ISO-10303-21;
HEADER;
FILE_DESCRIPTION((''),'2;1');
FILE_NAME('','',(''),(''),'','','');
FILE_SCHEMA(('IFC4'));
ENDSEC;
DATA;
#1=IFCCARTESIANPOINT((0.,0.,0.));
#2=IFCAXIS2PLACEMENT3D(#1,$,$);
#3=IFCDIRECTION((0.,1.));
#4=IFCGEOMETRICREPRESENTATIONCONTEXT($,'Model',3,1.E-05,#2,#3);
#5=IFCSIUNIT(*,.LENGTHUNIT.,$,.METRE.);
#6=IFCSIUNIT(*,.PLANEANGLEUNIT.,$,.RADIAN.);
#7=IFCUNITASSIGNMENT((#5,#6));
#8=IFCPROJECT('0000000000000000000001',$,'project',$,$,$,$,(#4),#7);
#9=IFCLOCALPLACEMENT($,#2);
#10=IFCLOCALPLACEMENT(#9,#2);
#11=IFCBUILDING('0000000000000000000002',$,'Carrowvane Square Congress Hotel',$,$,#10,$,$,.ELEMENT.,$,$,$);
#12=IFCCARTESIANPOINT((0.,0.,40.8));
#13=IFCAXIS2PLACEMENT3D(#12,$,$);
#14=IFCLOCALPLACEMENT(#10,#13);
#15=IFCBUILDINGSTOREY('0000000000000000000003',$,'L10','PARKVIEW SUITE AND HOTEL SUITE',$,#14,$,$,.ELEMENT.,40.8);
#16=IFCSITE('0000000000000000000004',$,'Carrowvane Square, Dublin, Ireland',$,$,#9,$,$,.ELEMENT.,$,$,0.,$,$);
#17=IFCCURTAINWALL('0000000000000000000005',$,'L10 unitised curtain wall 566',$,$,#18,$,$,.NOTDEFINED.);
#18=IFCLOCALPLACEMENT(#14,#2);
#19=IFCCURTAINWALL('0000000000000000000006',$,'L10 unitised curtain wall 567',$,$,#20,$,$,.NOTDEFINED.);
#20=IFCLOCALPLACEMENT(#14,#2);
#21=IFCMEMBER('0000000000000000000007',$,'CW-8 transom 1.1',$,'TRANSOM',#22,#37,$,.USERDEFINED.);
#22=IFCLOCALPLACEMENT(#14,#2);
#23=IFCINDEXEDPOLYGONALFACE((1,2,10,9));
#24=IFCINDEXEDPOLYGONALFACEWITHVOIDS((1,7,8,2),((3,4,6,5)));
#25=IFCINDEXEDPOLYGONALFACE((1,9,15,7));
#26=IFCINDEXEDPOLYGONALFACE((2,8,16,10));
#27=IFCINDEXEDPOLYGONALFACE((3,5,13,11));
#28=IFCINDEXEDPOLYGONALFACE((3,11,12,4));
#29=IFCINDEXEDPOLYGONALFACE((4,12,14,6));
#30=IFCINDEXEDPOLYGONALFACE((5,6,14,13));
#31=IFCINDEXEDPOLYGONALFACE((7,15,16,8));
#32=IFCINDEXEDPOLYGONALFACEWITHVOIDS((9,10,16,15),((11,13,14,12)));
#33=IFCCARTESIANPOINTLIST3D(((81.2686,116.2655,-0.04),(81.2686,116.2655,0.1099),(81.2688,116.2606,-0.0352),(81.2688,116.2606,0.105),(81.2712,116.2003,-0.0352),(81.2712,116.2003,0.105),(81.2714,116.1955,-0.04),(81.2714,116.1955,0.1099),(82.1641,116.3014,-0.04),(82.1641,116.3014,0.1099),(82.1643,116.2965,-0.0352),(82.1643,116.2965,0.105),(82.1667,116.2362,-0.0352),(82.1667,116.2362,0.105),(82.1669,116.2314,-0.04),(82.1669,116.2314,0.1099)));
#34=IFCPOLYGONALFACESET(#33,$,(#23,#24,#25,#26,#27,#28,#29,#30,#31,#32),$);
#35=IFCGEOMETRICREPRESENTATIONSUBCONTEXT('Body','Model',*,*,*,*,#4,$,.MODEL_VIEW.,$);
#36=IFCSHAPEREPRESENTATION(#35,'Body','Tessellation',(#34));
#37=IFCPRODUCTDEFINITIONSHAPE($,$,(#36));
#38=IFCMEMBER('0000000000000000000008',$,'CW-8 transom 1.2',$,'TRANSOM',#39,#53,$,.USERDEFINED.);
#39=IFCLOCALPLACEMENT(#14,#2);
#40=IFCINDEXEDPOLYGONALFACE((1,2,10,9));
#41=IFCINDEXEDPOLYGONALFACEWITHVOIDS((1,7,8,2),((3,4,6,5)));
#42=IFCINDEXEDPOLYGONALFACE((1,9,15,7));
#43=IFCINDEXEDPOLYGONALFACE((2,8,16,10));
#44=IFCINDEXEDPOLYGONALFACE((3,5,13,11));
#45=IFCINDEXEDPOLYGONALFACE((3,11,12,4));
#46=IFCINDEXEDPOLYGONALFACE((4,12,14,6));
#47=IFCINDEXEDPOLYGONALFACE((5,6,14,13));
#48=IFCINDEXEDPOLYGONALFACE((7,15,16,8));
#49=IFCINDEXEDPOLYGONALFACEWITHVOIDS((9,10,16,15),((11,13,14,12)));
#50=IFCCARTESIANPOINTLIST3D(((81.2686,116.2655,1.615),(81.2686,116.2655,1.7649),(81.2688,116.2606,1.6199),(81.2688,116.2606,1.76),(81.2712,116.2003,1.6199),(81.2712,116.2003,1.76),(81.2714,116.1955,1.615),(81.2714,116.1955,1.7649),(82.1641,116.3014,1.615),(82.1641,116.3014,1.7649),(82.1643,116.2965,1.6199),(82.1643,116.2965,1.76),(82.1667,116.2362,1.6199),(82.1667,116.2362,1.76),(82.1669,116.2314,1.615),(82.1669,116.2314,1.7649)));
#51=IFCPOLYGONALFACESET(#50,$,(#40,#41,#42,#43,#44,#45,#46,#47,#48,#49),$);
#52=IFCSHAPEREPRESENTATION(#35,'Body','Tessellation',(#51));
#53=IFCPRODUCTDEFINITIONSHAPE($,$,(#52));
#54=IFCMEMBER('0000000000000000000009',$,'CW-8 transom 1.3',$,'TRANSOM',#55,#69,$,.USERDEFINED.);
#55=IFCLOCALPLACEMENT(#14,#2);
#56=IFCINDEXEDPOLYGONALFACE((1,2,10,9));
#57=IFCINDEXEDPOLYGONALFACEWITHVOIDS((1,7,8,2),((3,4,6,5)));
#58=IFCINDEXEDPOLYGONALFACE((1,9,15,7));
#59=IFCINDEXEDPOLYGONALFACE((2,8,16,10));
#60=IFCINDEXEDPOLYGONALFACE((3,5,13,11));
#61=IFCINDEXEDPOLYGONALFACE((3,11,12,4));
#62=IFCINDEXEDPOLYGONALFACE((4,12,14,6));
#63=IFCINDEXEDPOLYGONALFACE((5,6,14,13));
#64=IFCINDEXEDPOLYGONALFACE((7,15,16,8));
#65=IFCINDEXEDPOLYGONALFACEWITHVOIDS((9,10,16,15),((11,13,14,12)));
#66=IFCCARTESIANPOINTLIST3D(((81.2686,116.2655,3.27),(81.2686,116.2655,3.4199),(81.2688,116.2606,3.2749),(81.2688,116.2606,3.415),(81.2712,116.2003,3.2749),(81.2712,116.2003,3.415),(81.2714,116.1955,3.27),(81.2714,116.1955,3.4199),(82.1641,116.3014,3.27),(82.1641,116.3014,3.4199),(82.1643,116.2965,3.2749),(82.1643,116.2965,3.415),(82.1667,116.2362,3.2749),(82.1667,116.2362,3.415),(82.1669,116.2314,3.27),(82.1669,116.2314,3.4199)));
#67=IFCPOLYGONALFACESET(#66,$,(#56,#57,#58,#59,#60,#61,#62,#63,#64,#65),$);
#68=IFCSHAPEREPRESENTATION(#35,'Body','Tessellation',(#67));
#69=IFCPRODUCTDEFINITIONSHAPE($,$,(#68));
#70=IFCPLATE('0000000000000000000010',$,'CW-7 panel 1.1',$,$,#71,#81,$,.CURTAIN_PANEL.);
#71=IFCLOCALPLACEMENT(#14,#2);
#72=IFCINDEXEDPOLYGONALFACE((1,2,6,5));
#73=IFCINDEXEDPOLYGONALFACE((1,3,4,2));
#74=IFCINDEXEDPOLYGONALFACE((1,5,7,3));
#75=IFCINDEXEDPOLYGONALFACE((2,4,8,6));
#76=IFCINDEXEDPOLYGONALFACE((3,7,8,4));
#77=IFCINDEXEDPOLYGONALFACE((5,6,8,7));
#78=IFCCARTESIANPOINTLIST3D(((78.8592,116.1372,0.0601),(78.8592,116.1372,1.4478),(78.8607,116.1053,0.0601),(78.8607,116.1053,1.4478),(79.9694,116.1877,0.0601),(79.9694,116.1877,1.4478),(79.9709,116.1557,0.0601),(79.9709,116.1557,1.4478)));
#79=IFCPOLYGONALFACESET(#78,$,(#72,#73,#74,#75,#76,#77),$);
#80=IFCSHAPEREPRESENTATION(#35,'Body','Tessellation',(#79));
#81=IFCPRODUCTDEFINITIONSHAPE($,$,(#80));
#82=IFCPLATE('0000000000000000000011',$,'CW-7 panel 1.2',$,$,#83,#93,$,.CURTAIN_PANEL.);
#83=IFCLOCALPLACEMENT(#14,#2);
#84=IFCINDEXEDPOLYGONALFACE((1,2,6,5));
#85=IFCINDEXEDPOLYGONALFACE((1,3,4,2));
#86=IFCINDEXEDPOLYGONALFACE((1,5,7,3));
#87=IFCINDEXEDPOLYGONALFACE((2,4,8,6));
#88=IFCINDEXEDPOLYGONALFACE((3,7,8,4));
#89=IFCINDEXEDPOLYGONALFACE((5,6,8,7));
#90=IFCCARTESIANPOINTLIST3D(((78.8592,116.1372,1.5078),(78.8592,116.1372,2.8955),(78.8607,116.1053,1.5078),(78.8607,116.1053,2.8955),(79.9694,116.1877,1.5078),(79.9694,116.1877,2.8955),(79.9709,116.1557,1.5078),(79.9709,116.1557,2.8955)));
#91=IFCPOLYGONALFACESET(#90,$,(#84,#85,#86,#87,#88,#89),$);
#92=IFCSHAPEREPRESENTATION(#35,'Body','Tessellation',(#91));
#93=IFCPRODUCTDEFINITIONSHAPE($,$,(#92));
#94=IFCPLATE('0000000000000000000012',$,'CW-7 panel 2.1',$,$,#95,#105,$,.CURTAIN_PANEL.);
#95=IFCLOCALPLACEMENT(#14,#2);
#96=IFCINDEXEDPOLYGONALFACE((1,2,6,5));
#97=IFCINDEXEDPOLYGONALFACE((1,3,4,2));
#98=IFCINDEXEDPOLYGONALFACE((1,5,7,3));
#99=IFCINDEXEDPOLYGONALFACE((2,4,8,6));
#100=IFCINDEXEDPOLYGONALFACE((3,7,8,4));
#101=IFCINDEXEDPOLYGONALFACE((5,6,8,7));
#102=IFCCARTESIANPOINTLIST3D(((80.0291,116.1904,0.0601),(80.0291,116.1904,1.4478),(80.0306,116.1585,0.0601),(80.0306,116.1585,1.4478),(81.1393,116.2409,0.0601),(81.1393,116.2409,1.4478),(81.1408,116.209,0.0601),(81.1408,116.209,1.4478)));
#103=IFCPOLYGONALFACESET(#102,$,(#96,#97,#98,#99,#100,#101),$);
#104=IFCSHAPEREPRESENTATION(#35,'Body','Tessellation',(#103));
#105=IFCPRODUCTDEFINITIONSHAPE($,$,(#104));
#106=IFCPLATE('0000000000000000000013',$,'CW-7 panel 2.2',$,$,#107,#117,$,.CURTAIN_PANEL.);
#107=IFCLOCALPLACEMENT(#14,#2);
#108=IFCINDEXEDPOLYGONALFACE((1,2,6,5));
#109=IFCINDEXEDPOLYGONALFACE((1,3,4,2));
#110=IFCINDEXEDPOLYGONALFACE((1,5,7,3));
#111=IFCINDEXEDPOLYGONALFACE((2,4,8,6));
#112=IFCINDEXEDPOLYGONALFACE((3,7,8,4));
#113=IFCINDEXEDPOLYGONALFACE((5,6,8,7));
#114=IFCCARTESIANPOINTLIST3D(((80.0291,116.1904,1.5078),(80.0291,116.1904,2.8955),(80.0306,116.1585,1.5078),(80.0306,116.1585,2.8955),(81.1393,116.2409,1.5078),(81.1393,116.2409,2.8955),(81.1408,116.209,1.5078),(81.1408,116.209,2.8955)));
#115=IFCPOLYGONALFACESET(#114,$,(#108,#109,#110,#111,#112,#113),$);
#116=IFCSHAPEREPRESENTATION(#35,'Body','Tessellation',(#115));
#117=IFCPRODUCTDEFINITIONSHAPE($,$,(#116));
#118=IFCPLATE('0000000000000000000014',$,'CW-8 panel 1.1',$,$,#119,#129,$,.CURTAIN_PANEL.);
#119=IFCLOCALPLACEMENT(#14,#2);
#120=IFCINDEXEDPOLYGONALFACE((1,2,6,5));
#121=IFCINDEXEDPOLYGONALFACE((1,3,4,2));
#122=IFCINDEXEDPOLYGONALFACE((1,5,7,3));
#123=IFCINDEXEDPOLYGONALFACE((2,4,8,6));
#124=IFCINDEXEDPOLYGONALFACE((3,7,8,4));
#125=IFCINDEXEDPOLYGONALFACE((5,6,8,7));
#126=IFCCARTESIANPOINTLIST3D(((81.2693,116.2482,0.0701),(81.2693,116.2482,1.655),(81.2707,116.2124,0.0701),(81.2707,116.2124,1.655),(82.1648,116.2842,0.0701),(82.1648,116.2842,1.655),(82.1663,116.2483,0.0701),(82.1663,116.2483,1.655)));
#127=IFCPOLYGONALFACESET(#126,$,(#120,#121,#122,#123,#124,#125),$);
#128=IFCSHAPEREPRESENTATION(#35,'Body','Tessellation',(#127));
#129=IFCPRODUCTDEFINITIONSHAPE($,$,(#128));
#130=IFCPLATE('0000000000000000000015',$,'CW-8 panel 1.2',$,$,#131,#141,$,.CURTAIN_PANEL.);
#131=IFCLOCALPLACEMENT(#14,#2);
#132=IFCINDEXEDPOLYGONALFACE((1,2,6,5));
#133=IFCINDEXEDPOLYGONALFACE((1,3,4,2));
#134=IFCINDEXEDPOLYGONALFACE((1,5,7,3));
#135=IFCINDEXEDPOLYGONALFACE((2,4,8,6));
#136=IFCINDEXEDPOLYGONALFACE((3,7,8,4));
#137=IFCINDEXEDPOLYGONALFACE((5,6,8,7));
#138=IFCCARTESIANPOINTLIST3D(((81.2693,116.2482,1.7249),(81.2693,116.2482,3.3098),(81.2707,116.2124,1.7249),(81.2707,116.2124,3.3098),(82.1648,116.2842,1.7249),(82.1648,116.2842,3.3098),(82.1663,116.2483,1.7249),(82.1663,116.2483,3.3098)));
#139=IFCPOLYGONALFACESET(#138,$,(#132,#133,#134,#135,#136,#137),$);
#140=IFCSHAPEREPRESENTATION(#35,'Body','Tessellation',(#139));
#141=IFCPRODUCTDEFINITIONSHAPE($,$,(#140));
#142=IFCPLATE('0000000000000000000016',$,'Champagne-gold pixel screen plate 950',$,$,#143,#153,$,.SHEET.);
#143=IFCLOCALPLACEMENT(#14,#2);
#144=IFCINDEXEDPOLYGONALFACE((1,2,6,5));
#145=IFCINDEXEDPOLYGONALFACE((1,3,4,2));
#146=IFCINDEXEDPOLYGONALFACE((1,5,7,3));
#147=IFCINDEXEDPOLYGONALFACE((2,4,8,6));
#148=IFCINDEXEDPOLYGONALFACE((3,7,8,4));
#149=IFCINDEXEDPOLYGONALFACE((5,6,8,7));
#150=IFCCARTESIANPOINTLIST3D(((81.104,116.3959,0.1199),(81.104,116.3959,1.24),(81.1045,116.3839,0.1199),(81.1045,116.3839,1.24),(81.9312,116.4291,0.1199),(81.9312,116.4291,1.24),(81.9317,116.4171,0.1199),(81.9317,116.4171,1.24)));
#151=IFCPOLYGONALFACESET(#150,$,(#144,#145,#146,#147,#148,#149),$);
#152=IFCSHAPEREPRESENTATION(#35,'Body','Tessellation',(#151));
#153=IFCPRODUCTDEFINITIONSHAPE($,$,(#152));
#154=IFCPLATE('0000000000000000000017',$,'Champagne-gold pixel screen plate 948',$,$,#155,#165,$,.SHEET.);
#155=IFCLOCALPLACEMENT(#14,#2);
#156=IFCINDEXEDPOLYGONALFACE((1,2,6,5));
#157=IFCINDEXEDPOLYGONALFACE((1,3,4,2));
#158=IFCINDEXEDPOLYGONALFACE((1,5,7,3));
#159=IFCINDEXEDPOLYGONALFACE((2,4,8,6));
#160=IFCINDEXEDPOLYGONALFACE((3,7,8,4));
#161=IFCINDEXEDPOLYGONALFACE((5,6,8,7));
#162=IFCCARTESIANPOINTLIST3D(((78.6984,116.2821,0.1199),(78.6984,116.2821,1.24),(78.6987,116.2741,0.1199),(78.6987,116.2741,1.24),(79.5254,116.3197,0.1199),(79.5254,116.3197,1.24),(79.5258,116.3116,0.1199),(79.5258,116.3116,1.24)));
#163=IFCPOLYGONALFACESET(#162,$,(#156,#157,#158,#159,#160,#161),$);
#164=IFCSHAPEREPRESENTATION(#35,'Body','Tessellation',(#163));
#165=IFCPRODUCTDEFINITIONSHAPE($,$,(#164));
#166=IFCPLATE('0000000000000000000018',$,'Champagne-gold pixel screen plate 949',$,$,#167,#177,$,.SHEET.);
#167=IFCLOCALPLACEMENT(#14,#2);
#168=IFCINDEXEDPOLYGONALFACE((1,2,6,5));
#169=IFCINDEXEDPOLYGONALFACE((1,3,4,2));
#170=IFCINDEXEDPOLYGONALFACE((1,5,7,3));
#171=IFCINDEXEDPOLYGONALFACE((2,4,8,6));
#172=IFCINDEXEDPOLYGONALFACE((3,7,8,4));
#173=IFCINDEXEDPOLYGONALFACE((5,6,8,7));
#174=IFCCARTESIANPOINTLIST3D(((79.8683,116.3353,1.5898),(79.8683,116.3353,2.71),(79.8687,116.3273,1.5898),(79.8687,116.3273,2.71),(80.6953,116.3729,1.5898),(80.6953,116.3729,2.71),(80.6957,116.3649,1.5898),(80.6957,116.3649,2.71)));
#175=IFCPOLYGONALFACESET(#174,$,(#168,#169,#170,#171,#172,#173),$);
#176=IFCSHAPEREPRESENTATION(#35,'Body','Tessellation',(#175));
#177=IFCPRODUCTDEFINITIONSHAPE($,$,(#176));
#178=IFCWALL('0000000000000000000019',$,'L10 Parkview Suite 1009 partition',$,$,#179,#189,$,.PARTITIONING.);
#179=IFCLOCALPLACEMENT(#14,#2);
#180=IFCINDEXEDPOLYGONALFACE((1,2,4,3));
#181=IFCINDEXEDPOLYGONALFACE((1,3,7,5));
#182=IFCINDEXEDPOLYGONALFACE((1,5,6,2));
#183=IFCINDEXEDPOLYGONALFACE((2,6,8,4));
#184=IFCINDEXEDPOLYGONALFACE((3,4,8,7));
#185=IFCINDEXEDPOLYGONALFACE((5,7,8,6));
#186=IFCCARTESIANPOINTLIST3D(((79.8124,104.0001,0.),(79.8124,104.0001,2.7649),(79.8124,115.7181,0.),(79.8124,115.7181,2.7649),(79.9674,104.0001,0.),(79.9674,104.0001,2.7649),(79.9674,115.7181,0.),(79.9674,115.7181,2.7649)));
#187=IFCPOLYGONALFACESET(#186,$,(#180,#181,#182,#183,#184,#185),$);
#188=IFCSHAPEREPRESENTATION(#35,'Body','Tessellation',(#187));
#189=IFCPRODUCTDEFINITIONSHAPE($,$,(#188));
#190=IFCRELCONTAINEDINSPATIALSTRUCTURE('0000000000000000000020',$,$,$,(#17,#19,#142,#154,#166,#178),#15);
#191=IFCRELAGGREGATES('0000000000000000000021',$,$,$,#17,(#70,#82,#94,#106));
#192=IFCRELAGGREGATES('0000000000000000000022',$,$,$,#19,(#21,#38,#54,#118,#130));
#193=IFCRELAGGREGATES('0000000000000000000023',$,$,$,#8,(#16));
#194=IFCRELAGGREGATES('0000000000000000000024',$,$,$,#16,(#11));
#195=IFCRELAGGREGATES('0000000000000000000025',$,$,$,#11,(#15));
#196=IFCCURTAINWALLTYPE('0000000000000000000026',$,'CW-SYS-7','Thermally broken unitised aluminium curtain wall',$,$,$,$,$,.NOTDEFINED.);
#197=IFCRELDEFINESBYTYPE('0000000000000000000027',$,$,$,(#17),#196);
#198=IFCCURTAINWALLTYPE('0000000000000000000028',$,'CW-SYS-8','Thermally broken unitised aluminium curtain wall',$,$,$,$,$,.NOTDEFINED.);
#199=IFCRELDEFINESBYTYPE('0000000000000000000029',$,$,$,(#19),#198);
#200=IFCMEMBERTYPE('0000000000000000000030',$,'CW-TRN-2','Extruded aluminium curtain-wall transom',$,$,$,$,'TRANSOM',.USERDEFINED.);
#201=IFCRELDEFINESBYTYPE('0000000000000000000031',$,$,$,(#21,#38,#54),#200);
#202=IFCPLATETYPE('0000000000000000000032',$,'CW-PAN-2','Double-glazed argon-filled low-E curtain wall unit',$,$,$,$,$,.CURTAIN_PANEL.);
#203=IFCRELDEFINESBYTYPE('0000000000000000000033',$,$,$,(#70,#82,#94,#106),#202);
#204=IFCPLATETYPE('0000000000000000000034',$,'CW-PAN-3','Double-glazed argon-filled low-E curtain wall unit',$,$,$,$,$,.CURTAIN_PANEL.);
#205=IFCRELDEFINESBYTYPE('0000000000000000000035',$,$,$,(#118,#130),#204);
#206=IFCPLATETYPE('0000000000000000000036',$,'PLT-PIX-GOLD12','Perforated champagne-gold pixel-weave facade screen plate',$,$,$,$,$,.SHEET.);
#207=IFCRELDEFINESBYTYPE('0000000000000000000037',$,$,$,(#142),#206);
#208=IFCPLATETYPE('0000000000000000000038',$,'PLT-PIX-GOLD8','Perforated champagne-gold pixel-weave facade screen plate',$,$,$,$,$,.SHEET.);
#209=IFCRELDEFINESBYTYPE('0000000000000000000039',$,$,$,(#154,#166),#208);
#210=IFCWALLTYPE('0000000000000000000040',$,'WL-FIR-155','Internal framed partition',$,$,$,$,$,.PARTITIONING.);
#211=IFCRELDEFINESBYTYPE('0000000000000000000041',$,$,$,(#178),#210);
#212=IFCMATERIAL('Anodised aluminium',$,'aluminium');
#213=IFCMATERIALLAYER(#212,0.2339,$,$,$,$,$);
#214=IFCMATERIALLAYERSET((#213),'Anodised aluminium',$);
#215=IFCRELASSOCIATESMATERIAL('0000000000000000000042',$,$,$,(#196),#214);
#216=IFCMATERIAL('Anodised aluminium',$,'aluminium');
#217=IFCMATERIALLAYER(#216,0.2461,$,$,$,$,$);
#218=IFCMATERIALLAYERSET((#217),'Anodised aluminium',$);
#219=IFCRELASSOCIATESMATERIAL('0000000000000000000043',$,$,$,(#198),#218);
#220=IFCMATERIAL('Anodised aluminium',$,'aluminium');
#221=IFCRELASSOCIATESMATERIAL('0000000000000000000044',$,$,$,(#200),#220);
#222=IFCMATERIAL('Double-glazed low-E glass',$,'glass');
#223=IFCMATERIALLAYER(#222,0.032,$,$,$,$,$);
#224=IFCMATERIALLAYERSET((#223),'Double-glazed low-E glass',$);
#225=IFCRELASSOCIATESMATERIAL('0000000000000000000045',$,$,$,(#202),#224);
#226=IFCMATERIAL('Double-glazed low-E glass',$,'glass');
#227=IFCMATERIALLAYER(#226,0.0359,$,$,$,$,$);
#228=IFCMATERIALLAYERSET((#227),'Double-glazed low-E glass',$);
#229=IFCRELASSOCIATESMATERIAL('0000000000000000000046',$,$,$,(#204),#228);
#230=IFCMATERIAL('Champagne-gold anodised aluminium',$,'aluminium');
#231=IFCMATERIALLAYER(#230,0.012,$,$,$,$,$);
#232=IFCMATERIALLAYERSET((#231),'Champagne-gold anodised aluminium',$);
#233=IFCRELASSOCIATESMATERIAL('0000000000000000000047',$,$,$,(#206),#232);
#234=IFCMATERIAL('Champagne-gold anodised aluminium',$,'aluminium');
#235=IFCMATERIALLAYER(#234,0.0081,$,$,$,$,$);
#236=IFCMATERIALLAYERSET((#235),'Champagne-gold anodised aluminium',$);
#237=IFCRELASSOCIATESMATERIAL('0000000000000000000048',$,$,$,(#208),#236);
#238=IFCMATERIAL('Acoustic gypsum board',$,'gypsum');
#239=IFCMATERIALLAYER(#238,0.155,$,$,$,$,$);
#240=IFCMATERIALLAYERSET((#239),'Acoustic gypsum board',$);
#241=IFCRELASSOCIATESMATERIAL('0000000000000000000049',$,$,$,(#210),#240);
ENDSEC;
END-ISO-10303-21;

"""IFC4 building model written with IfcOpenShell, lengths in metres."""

from ifc_helpers import new_model, si_unit, direction, frame, frame_2d, origin, origin_2d, place, context, subcontext, project, spatial, rectangle, hollow_rectangle, extrude, material, layer, layer_set, material_profile, profile_set, type_object, element, aggregate, save


model = new_model("IFC4")

# Units and contexts
model_context = context("Model", 3, precision=1e-05, world=origin(), true_north=direction((0.0, 1.0)))
body_context = subcontext(model_context, "Body", "Model", "MODEL_VIEW")
ifc_project = project(units=[si_unit("LENGTHUNIT", "METRE"), si_unit("PLANEANGLEUNIT", "RADIAN")], contexts=[model_context])

# Site, building, storey
site_placement = place(None, origin())
site = spatial("IfcSite", under=ifc_project, at=site_placement, Name="Carrowvane Square, Dublin, Ireland", CompositionType="ELEMENT", RefElevation=0.0)
building_placement = place(site_placement, origin())
building = spatial("IfcBuilding", under=site, at=building_placement, Name="Carrowvane Square Congress Hotel", CompositionType="ELEMENT")
storey_placement = place(building_placement, frame((0.0, 0.0, 40.8)))
storey = spatial("IfcBuildingStorey", under=building, at=storey_placement, Name="L10", Description="PARKVIEW SUITE AND HOTEL SUITE", CompositionType="ELEMENT", Elevation=40.8)

# Curtain wall
ifc_material_1 = material(Name="Anodised aluminium", Category="aluminium")
ifc_layer_1 = layer(ifc_material_1, 0.2339)
ifc_layer_set_1 = layer_set([ifc_layer_1], Name="Anodised aluminium")
curtain_wall_type_1 = type_object("IfcCurtainWallType", Name="CW-SYS-7", Description="Thermally broken unitised aluminium curtain wall", PredefinedType="NOTDEFINED", material=ifc_layer_set_1)
curtain_wall_1_placement = place(storey_placement, origin())
curtain_wall_1 = element("IfcCurtainWall", 1, at=curtain_wall_1_placement, inside=storey, type_object=curtain_wall_type_1, Name="L10 unitised curtain wall 566", PredefinedType="NOTDEFINED")

# Curtain wall
ifc_material_2 = material(Name="Anodised aluminium", Category="aluminium")
ifc_layer_2 = layer(ifc_material_2, 0.2461)
ifc_layer_set_2 = layer_set([ifc_layer_2], Name="Anodised aluminium")
curtain_wall_type_2 = type_object("IfcCurtainWallType", Name="CW-SYS-8", Description="Thermally broken unitised aluminium curtain wall", PredefinedType="NOTDEFINED", material=ifc_layer_set_2)
curtain_wall_2_placement = place(storey_placement, origin())
curtain_wall_2 = element("IfcCurtainWall", 2, at=curtain_wall_2_placement, inside=storey, type_object=curtain_wall_type_2, Name="L10 unitised curtain wall 567", PredefinedType="NOTDEFINED")

# Members
ifc_material_3 = material(Name="Anodised aluminium", Category="aluminium")
ifc_material_profile_1 = material_profile(ifc_material_3, hollow_rectangle(XDim=0.0701, YDim=0.1499, WallThickness=0.0049, at=origin_2d()), Name="CW-TR 70x150x5")
ifc_profile_set_1 = profile_set([ifc_material_profile_1], Name="Anodised aluminium")
member_type_1 = type_object("IfcMemberType", Name="CW-TRN-2", Description="Extruded aluminium curtain-wall transom", ElementType="TRANSOM", PredefinedType="USERDEFINED", material=ifc_profile_set_1)
member_1_placement = place(storey_placement, frame((81.27, 116.2305, 0.0349), z_axis=(0.999198, 0.040044, 0.0), x_axis=(-0.040044, 0.999198, 0.0)))
member_1 = element("IfcMember", 3, at=member_1_placement, type_object=member_type_1, Name="CW-8 transom 1.1", ObjectType="TRANSOM", PredefinedType="USERDEFINED", context=body_context, shape_type="SweptSolid", body=[
    extrude(hollow_rectangle(XDim=0.0701, YDim=0.1499, WallThickness=0.0049, at=origin_2d()), origin(), (0.0, 0.0, 1.0), 0.8962),
])
member_2_placement = place(storey_placement, frame((81.27, 116.2305, 1.6899), z_axis=(0.999198, 0.040044, 0.0), x_axis=(-0.040044, 0.999198, 0.0)))
member_2 = element("IfcMember", 4, at=member_2_placement, type_object=member_type_1, Name="CW-8 transom 1.2", ObjectType="TRANSOM", PredefinedType="USERDEFINED", context=body_context, shape_type="SweptSolid", body=[
    extrude(hollow_rectangle(XDim=0.0701, YDim=0.1499, WallThickness=0.0049, at=origin_2d()), origin(), (0.0, 0.0, 1.0), 0.8962),
])
member_3_placement = place(storey_placement, frame((81.27, 116.2305, 3.345), z_axis=(0.999198, 0.040044, 0.0), x_axis=(-0.040044, 0.999198, 0.0)))
member_3 = element("IfcMember", 5, at=member_3_placement, type_object=member_type_1, Name="CW-8 transom 1.3", ObjectType="TRANSOM", PredefinedType="USERDEFINED", context=body_context, shape_type="SweptSolid", body=[
    extrude(hollow_rectangle(XDim=0.0701, YDim=0.1499, WallThickness=0.0049, at=origin_2d()), origin(), (0.0, 0.0, 1.0), 0.8962),
])

# Plates
ifc_material_4 = material(Name="Double-glazed low-E glass", Category="glass")
ifc_layer_3 = layer(ifc_material_4, 0.032)
ifc_layer_set_3 = layer_set([ifc_layer_3], Name="Double-glazed low-E glass")
plate_type_1 = type_object("IfcPlateType", Name="CW-PAN-2", Description="Double-glazed argon-filled low-E curtain wall unit", PredefinedType="CURTAIN_PANEL", material=ifc_layer_set_3)
plate_1_placement = place(storey_placement, frame((79.415, 116.1465, 0.0601), z_axis=(0.0, 0.0, 1.0), x_axis=(0.998968, 0.045411, 0.0)))
plate_1 = element("IfcPlate", 6, at=plate_1_placement, type_object=plate_type_1, Name="CW-7 panel 1.1", PredefinedType="CURTAIN_PANEL", context=body_context, shape_type="SweptSolid", body=[
    extrude(rectangle(XDim=1.1113, YDim=0.032, at=origin_2d()), origin(), (0.0, 0.0, 1.0), 1.3877),
])
plate_2_placement = place(storey_placement, frame((79.415, 116.1465, 1.5078), z_axis=(0.0, 0.0, 1.0), x_axis=(0.998968, 0.045411, 0.0)))
plate_2 = element("IfcPlate", 7, at=plate_2_placement, type_object=plate_type_1, Name="CW-7 panel 1.2", PredefinedType="CURTAIN_PANEL", context=body_context, shape_type="SweptSolid", body=[
    extrude(rectangle(XDim=1.1113, YDim=0.032, at=origin_2d()), origin(), (0.0, 0.0, 1.0), 1.3877),
])
plate_3_placement = place(storey_placement, frame((80.585, 116.1997, 0.0601), z_axis=(0.0, 0.0, 1.0), x_axis=(0.998968, 0.045411, 0.0)))
plate_3 = element("IfcPlate", 8, at=plate_3_placement, type_object=plate_type_1, Name="CW-7 panel 2.1", PredefinedType="CURTAIN_PANEL", context=body_context, shape_type="SweptSolid", body=[
    extrude(rectangle(XDim=1.1113, YDim=0.032, at=origin_2d()), origin(), (0.0, 0.0, 1.0), 1.3877),
])
plate_4_placement = place(storey_placement, frame((80.585, 116.1997, 1.5078), z_axis=(0.0, 0.0, 1.0), x_axis=(0.998968, 0.045411, 0.0)))
plate_4 = element("IfcPlate", 9, at=plate_4_placement, type_object=plate_type_1, Name="CW-7 panel 2.2", PredefinedType="CURTAIN_PANEL", context=body_context, shape_type="SweptSolid", body=[
    extrude(rectangle(XDim=1.1113, YDim=0.032, at=origin_2d()), origin(), (0.0, 0.0, 1.0), 1.3877),
])
aggregate(curtain_wall_1, [plate_1, plate_2, plate_3, plate_4])
ifc_material_5 = material(Name="Double-glazed low-E glass", Category="glass")
ifc_layer_4 = layer(ifc_material_5, 0.0359)
ifc_layer_set_4 = layer_set([ifc_layer_4], Name="Double-glazed low-E glass")
plate_type_2 = type_object("IfcPlateType", Name="CW-PAN-3", Description="Double-glazed argon-filled low-E curtain wall unit", PredefinedType="CURTAIN_PANEL", material=ifc_layer_set_4)
plate_5_placement = place(storey_placement, frame((81.7178, 116.2483, 0.0701), z_axis=(0.0, 0.0, 1.0), x_axis=(0.999194, 0.040136, 0.0)))
plate_5 = element("IfcPlate", 10, at=plate_5_placement, type_object=plate_type_2, Name="CW-8 panel 1.1", PredefinedType="CURTAIN_PANEL", context=body_context, shape_type="SweptSolid", body=[
    extrude(rectangle(XDim=0.8962, YDim=0.0359, at=origin_2d()), origin(), (0.0, 0.0, 1.0), 1.585),
])
plate_6_placement = place(storey_placement, frame((81.7178, 116.2483, 1.7249), z_axis=(0.0, 0.0, 1.0), x_axis=(0.999194, 0.040136, 0.0)))
plate_6 = element("IfcPlate", 11, at=plate_6_placement, type_object=plate_type_2, Name="CW-8 panel 1.2", PredefinedType="CURTAIN_PANEL", context=body_context, shape_type="SweptSolid", body=[
    extrude(rectangle(XDim=0.8962, YDim=0.0359, at=origin_2d()), origin(), (0.0, 0.0, 1.0), 1.585),
])
aggregate(curtain_wall_2, [member_1, member_2, member_3, plate_5, plate_6])

# Plates
ifc_material_6 = material(Name="Champagne-gold anodised aluminium", Category="aluminium")
ifc_layer_5 = layer(ifc_material_6, 0.012)
ifc_layer_set_5 = layer_set([ifc_layer_5], Name="Champagne-gold anodised aluminium")
plate_type_3 = type_object("IfcPlateType", Name="PLT-PIX-GOLD12", Description="Perforated champagne-gold pixel-weave facade screen plate", PredefinedType="SHEET", material=ifc_layer_set_5)
plate_7_placement = place(storey_placement, frame((81.5178, 116.4065, 0.1199), z_axis=(0.0, 0.0, 1.0), x_axis=(0.999194, 0.040134, 0.0)))
element("IfcPlate", 12, at=plate_7_placement, inside=storey, type_object=plate_type_3, Name="Champagne-gold pixel screen plate 950", PredefinedType="SHEET", context=body_context, shape_type="SweptSolid", body=[
    extrude(rectangle(XDim=0.8279, YDim=0.012, at=origin_2d()), origin(), (0.0, 0.0, 1.0), 1.1201),
])
ifc_material_7 = material(Name="Champagne-gold anodised aluminium", Category="aluminium")
ifc_layer_6 = layer(ifc_material_7, 0.0081)
ifc_layer_set_6 = layer_set([ifc_layer_6], Name="Champagne-gold anodised aluminium")
plate_type_4 = type_object("IfcPlateType", Name="PLT-PIX-GOLD8", Description="Perforated champagne-gold pixel-weave facade screen plate", PredefinedType="SHEET", material=ifc_layer_set_6)
for number, where, z_axis, x_axis, name in (
    (13, (79.1121, 116.2969, 0.1199), (0.0, 0.0, 1.0), (0.998968, 0.045414, 0.0), "Champagne-gold pixel screen plate 948"),
    (14, (80.282, 116.3501, 1.5898), (0.0, 0.0, 1.0), (0.998968, 0.045414, 0.0), "Champagne-gold pixel screen plate 949"),
):
    element("IfcPlate", number, at=place(storey_placement, frame(where, z_axis=z_axis, x_axis=x_axis)), inside=storey, type_object=plate_type_4, Name=name, PredefinedType="SHEET", context=body_context, shape_type="SweptSolid", body=[
        extrude(rectangle(XDim=0.8279, YDim=0.0081, at=origin_2d()), origin(), (0.0, 0.0, 1.0), 1.1201),
    ])

# Wall
ifc_material_8 = material(Name="Acoustic gypsum board", Category="gypsum")
ifc_layer_7 = layer(ifc_material_8, 0.155)
ifc_layer_set_7 = layer_set([ifc_layer_7], Name="Acoustic gypsum board")
wall_type = type_object("IfcWallType", Name="WL-FIR-155", Description="Internal framed partition", PredefinedType="PARTITIONING", material=ifc_layer_set_7)
wall_1_placement = place(storey_placement, frame((79.8899, 115.718, 0.0), z_axis=(0.0, 0.0, 1.0), x_axis=(0.0, -1.0, 0.0)))
element("IfcWall", 15, at=wall_1_placement, inside=storey, type_object=wall_type, Name="L10 Parkview Suite 1009 partition", PredefinedType="PARTITIONING", context=body_context, shape_type="SweptSolid", body=[
    extrude(rectangle(XDim=11.718, YDim=0.155, at=frame_2d((5.8589, 0.0))), origin(), (0.0, 0.0, 1.0), 2.7649),
])

save(model, "model.ifc")
